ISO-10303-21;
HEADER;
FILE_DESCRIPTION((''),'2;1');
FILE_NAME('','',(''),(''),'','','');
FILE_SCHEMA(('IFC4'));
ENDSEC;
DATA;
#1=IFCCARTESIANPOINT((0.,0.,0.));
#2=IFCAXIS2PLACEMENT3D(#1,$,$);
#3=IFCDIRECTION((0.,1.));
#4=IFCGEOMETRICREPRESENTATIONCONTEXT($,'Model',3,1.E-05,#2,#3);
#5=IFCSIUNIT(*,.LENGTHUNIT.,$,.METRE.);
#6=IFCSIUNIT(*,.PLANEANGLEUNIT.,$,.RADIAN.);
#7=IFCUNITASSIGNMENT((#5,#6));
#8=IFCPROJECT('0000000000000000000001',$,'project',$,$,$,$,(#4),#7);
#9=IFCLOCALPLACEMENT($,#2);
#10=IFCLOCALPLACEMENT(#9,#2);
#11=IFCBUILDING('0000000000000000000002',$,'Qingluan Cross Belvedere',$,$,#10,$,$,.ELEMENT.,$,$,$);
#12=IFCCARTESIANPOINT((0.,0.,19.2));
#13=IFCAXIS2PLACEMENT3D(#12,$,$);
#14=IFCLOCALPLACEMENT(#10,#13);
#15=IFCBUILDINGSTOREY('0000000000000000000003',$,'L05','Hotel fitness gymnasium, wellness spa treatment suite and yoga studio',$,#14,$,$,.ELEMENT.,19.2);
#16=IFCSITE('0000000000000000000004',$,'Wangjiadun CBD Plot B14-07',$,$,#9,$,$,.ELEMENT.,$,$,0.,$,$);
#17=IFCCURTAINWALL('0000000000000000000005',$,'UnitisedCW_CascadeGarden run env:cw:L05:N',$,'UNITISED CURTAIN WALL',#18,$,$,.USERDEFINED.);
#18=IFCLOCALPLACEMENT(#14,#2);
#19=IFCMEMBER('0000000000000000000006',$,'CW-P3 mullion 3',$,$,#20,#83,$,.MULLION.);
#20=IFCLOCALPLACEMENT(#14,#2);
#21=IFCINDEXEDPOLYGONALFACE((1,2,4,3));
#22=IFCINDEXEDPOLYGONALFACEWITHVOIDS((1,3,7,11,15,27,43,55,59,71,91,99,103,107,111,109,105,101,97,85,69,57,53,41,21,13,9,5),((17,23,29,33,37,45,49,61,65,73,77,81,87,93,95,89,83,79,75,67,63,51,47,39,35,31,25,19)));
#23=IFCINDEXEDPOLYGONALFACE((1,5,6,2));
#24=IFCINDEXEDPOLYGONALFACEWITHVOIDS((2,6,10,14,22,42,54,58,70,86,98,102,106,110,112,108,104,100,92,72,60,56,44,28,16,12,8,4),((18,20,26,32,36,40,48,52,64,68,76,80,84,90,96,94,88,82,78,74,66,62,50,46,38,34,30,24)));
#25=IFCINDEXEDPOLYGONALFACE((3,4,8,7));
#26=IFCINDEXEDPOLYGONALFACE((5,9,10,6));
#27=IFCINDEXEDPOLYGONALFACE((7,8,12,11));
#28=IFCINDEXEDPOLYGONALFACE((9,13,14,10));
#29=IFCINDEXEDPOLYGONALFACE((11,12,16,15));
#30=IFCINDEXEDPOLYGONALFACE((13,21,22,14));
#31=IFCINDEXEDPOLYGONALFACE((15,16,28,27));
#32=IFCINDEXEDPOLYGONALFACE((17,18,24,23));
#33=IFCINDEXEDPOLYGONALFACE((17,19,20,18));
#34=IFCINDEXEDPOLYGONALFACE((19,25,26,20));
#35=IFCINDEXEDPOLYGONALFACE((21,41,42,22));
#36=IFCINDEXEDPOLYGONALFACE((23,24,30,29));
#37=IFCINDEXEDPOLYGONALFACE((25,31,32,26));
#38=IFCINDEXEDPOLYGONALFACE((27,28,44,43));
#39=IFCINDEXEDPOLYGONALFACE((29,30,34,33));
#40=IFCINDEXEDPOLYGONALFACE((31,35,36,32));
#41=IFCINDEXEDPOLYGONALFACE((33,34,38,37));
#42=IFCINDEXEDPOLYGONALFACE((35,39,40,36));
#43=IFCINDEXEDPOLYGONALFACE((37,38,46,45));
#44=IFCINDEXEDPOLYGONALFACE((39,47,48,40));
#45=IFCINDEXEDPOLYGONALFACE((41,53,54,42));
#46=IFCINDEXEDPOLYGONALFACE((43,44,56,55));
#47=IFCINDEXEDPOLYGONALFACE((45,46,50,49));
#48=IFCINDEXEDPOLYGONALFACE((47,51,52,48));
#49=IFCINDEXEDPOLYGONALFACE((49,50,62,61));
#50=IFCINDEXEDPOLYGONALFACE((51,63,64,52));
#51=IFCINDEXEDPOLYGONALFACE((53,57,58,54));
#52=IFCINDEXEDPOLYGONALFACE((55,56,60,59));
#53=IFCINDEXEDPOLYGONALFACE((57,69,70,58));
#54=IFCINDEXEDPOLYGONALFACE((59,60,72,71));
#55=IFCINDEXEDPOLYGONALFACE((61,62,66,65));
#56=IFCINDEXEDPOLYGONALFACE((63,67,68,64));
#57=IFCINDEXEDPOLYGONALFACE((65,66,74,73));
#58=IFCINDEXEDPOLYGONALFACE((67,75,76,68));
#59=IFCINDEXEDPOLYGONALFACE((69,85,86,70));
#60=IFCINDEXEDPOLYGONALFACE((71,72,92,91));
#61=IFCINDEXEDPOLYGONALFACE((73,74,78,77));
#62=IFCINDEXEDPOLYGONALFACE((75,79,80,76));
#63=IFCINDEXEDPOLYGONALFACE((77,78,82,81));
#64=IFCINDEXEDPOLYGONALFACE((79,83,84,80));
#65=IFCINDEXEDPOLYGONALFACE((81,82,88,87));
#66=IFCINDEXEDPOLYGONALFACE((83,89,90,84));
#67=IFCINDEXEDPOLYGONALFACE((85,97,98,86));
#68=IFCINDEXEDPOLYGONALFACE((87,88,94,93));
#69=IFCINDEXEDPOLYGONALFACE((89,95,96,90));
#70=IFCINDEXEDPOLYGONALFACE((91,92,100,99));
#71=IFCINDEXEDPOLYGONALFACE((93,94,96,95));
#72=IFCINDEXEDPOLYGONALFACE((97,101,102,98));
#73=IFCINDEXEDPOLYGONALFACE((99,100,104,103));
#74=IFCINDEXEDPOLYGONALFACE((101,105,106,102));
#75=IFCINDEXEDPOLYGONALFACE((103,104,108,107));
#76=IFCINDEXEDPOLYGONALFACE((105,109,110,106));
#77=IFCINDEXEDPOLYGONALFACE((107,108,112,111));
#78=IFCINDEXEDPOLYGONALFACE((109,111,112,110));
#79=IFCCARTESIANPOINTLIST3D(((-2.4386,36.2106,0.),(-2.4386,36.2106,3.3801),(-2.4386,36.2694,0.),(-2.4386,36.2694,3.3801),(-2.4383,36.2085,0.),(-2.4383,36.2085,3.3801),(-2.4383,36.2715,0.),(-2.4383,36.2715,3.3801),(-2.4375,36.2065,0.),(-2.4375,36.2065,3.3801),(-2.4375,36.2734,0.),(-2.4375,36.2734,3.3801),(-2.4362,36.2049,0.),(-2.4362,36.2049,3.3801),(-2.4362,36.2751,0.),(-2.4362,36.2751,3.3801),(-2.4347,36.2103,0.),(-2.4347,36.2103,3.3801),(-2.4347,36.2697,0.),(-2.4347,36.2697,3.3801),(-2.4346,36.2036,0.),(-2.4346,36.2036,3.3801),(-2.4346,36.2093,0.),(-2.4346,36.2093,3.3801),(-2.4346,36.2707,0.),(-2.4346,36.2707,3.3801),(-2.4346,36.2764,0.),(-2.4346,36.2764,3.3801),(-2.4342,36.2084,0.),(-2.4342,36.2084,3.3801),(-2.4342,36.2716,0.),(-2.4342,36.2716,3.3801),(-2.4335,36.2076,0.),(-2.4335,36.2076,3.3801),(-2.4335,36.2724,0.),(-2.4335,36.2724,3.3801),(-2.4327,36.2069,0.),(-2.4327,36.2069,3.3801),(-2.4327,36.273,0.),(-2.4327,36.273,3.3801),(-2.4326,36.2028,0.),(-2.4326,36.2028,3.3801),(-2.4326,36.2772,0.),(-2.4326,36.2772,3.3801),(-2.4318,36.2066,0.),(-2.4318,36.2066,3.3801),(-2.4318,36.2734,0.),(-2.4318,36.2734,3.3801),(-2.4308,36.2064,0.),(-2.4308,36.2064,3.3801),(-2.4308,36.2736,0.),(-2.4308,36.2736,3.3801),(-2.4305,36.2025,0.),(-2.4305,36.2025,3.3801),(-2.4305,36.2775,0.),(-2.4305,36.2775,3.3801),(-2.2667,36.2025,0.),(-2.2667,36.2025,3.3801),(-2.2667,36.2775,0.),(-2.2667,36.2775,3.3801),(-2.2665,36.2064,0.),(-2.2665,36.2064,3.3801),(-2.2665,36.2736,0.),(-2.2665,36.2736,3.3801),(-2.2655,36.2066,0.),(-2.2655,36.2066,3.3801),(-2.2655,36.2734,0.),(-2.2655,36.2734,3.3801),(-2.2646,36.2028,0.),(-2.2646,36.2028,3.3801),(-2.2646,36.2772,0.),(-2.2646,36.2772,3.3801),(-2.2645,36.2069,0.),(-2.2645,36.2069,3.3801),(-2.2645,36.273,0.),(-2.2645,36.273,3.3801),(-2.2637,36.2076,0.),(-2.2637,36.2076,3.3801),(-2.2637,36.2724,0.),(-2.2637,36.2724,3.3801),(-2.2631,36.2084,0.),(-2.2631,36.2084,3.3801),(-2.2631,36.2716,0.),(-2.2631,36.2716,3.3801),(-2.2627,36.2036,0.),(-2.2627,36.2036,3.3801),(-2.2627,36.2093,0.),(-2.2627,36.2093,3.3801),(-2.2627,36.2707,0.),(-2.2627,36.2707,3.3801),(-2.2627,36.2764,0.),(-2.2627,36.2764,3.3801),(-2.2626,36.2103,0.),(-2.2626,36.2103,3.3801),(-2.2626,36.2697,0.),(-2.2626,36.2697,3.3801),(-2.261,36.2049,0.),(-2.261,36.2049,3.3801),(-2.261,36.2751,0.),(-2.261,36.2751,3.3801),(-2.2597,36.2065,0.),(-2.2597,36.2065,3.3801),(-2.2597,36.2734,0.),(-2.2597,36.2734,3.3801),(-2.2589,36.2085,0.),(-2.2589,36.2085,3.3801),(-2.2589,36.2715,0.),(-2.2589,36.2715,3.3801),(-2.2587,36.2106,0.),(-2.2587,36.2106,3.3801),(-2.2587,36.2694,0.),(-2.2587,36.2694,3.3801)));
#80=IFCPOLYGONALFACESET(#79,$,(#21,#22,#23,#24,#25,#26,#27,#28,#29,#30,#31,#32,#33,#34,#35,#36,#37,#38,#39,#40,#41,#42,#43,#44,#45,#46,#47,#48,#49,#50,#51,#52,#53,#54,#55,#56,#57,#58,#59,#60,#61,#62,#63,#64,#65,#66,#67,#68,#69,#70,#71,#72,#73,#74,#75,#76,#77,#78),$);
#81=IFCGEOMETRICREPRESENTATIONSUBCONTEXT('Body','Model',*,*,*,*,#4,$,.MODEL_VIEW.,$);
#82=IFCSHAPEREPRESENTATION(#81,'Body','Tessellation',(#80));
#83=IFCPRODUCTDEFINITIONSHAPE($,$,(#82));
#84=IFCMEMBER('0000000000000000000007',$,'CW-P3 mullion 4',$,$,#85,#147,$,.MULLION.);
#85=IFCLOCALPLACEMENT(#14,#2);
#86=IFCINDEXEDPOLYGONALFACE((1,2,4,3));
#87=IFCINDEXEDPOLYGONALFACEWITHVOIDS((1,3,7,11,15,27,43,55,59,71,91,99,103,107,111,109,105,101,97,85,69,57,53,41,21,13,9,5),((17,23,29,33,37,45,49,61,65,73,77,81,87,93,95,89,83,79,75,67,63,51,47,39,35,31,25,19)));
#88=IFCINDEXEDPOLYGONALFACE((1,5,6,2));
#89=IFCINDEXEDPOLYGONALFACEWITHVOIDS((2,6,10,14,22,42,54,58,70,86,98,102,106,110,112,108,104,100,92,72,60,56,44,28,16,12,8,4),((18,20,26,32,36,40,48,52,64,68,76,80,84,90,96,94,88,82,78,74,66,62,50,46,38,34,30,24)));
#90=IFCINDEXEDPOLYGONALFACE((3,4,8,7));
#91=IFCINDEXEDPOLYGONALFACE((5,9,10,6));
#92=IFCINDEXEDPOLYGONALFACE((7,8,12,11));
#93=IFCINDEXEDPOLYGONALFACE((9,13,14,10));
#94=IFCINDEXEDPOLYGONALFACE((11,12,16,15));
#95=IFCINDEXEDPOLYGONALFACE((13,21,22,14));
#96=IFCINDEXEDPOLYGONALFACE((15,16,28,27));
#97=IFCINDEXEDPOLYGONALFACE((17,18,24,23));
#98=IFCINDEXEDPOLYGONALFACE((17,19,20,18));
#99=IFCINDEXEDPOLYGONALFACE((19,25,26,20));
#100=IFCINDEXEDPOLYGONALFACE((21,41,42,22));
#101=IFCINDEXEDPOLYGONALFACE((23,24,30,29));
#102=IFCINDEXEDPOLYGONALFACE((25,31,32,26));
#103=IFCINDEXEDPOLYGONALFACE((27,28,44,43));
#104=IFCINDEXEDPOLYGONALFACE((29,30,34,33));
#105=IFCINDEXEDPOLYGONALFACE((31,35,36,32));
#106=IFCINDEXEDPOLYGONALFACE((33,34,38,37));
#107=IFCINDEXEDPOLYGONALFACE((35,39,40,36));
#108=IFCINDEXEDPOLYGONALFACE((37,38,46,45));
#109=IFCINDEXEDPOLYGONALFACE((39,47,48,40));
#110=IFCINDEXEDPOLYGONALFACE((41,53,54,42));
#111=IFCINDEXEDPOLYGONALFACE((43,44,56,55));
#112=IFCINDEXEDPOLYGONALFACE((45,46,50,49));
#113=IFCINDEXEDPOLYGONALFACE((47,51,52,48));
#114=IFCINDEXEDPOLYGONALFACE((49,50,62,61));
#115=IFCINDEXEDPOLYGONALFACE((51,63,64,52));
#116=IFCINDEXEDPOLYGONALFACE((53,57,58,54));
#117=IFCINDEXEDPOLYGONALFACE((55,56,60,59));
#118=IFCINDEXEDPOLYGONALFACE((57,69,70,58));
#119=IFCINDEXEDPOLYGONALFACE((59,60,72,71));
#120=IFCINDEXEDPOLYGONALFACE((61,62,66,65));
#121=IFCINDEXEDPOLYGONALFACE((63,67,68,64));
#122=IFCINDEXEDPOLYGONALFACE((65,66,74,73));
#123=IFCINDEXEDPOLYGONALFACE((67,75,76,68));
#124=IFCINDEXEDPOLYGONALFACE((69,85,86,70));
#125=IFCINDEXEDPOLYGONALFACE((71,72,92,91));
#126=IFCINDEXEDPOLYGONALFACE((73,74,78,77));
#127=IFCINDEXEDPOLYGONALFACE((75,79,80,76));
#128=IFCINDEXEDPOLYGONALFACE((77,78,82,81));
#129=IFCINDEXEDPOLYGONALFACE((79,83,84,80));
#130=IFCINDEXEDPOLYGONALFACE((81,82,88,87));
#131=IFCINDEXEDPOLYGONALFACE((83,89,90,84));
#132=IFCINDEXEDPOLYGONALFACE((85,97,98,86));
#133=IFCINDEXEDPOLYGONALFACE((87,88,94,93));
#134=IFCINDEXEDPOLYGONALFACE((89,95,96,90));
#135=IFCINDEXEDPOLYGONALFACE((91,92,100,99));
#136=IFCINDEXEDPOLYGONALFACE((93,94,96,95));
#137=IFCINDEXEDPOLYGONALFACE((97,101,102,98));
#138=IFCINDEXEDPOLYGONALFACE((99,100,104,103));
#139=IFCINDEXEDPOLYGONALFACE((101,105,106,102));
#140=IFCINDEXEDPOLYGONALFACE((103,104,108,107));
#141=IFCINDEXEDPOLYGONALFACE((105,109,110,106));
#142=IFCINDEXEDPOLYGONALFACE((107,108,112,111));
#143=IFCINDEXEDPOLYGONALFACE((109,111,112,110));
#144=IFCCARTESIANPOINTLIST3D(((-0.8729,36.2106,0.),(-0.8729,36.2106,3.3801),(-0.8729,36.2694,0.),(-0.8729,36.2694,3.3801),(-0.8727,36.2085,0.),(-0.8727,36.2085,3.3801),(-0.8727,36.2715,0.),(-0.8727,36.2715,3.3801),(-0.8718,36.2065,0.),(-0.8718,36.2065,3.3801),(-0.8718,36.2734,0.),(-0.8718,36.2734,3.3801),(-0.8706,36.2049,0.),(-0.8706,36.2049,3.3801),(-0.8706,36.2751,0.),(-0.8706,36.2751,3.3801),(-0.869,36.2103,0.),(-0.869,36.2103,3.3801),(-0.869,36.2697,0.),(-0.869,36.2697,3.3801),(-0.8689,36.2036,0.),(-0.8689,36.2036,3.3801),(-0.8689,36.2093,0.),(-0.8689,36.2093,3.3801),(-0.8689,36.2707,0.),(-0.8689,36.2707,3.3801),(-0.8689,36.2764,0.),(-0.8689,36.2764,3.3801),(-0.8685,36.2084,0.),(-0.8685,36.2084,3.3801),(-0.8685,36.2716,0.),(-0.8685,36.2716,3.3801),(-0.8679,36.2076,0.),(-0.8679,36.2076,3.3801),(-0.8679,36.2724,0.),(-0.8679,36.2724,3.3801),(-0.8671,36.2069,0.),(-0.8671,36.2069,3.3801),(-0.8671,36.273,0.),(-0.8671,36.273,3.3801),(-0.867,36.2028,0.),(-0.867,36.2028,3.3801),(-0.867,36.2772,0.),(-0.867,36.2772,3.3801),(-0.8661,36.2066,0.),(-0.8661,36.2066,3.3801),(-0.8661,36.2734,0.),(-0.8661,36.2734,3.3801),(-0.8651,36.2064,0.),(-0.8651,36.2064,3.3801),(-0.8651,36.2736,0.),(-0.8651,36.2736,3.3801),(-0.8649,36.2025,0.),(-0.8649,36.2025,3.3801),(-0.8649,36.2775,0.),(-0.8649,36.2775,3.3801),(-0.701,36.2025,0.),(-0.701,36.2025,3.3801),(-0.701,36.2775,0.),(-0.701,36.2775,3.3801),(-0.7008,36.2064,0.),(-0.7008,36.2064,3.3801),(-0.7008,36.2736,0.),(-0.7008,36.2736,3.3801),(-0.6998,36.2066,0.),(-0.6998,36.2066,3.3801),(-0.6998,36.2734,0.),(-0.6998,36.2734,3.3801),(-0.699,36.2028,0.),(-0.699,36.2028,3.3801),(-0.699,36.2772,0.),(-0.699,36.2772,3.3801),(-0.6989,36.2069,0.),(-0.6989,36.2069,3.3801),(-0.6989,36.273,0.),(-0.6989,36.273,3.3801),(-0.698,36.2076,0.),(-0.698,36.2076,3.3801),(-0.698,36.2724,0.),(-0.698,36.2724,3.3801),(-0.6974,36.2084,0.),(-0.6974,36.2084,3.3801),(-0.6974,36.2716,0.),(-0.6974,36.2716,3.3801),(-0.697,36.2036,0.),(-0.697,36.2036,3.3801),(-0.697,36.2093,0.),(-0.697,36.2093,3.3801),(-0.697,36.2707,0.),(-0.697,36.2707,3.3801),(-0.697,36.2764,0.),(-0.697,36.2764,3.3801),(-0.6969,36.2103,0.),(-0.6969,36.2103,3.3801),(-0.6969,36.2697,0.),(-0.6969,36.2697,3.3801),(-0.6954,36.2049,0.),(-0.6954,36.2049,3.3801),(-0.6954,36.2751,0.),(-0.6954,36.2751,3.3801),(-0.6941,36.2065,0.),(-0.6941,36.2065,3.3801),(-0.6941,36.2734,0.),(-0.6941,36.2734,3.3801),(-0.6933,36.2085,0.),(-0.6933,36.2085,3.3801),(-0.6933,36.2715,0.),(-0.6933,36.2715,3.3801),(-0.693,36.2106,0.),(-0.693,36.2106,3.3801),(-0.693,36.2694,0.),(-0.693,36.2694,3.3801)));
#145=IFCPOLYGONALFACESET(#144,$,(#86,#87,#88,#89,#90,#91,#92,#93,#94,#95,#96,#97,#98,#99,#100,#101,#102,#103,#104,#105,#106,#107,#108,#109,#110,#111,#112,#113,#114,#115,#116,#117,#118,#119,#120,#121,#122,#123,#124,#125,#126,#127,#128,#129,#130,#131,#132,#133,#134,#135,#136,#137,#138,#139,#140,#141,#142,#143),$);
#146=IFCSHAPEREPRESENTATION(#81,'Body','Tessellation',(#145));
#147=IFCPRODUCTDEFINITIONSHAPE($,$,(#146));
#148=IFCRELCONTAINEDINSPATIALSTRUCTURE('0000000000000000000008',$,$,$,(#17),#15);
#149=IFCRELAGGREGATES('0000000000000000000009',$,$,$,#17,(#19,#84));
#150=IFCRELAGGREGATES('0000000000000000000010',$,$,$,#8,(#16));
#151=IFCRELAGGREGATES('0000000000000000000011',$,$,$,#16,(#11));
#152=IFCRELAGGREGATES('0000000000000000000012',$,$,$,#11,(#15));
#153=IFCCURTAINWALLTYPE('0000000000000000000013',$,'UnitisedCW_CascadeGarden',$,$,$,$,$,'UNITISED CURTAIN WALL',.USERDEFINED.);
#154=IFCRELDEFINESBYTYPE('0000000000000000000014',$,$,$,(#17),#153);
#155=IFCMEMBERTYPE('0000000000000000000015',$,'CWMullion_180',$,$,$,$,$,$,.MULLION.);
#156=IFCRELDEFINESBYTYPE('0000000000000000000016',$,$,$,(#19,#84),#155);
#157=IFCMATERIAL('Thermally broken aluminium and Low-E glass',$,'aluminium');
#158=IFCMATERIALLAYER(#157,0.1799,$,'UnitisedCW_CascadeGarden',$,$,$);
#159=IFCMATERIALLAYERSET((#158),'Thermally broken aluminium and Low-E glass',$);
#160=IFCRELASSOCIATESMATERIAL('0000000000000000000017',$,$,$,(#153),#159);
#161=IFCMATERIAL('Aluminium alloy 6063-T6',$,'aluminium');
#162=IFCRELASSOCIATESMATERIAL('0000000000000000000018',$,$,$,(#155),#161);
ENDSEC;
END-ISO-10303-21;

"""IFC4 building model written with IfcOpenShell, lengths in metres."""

from ifc_helpers import new_model, si_unit, direction, frame, origin, origin_2d, place, context, subcontext, project, spatial, hollow_rectangle, extrude, material, layer, layer_set, material_profile, profile_set, type_object, element, aggregate, save


model = new_model("IFC4")

# Units and contexts
model_context = context("Model", 3, precision=1e-05, world=origin(), true_north=direction((0.0, 1.0)))
body_context = subcontext(model_context, "Body", "Model", "MODEL_VIEW")
ifc_project = project(units=[si_unit("LENGTHUNIT", "METRE"), si_unit("PLANEANGLEUNIT", "RADIAN")], contexts=[model_context])

# Site, building, storey
site_placement = place(None, origin())
site = spatial("IfcSite", under=ifc_project, at=site_placement, Name="Wangjiadun CBD Plot B14-07", CompositionType="ELEMENT", RefElevation=0.0)
building_placement = place(site_placement, origin())
building = spatial("IfcBuilding", under=site, at=building_placement, Name="Qingluan Cross Belvedere", CompositionType="ELEMENT")
storey_placement = place(building_placement, frame((0.0, 0.0, 19.2)))
storey = spatial("IfcBuildingStorey", under=building, at=storey_placement, Name="L05", Description="Hotel fitness gymnasium, wellness spa treatment suite and yoga studio", CompositionType="ELEMENT", Elevation=19.2)

# Curtain wall, members
ifc_material_1 = material(Name="Thermally broken aluminium and Low-E glass", Category="aluminium")
ifc_layer_1 = layer(ifc_material_1, 0.1799, Name="UnitisedCW_CascadeGarden")
ifc_layer_set_1 = layer_set([ifc_layer_1], Name="Thermally broken aluminium and Low-E glass")
curtain_wall_type = type_object("IfcCurtainWallType", Name="UnitisedCW_CascadeGarden", ElementType="UNITISED CURTAIN WALL", PredefinedType="USERDEFINED", material=ifc_layer_set_1)
curtain_wall_placement = place(storey_placement, origin())
curtain_wall = element("IfcCurtainWall", 1, at=curtain_wall_placement, inside=storey, type_object=curtain_wall_type, Name="UnitisedCW_CascadeGarden run env:cw:L05:N", ObjectType="UNITISED CURTAIN WALL", PredefinedType="USERDEFINED")
ifc_material_2 = material(Name="Aluminium alloy 6063-T6", Category="aluminium")
ifc_material_profile_1 = material_profile(ifc_material_2, hollow_rectangle(XDim=0.075, YDim=0.1799, WallThickness=0.0039, InnerFilletRadius=0.0039, OuterFilletRadius=0.0081, at=origin_2d()), Name="CWM180x75x4")
ifc_profile_set_1 = profile_set([ifc_material_profile_1], Name="Aluminium alloy 6063-T6")
member_type_1 = type_object("IfcMemberType", Name="CWMullion_180", PredefinedType="MULLION", material=ifc_profile_set_1)
member_1_placement = place(storey_placement, frame((-2.3486, 36.24, 0.0), z_axis=(0.0, 0.0, 1.0), x_axis=(0.0, 1.0, 0.0)))
member_1 = element("IfcMember", 2, at=member_1_placement, type_object=member_type_1, Name="CW-P3 mullion 3", PredefinedType="MULLION", context=body_context, shape_type="SweptSolid", body=[
    extrude(hollow_rectangle(XDim=0.075, YDim=0.1799, WallThickness=0.0039, InnerFilletRadius=0.0039, OuterFilletRadius=0.0081, at=origin_2d()), origin(), (0.0, 0.0, 1.0), 3.3801),
])
member_2_placement = place(storey_placement, frame((-0.783, 36.24, 0.0), z_axis=(0.0, 0.0, 1.0), x_axis=(0.0, 1.0, 0.0)))
member_2 = element("IfcMember", 3, at=member_2_placement, type_object=member_type_1, Name="CW-P3 mullion 4", PredefinedType="MULLION", context=body_context, shape_type="SweptSolid", body=[
    extrude(hollow_rectangle(XDim=0.075, YDim=0.1799, WallThickness=0.0039, InnerFilletRadius=0.0039, OuterFilletRadius=0.0081, at=origin_2d()), origin(), (0.0, 0.0, 1.0), 3.3801),
])

aggregate(curtain_wall, [member_1, member_2])

save(model, "model.ifc")
